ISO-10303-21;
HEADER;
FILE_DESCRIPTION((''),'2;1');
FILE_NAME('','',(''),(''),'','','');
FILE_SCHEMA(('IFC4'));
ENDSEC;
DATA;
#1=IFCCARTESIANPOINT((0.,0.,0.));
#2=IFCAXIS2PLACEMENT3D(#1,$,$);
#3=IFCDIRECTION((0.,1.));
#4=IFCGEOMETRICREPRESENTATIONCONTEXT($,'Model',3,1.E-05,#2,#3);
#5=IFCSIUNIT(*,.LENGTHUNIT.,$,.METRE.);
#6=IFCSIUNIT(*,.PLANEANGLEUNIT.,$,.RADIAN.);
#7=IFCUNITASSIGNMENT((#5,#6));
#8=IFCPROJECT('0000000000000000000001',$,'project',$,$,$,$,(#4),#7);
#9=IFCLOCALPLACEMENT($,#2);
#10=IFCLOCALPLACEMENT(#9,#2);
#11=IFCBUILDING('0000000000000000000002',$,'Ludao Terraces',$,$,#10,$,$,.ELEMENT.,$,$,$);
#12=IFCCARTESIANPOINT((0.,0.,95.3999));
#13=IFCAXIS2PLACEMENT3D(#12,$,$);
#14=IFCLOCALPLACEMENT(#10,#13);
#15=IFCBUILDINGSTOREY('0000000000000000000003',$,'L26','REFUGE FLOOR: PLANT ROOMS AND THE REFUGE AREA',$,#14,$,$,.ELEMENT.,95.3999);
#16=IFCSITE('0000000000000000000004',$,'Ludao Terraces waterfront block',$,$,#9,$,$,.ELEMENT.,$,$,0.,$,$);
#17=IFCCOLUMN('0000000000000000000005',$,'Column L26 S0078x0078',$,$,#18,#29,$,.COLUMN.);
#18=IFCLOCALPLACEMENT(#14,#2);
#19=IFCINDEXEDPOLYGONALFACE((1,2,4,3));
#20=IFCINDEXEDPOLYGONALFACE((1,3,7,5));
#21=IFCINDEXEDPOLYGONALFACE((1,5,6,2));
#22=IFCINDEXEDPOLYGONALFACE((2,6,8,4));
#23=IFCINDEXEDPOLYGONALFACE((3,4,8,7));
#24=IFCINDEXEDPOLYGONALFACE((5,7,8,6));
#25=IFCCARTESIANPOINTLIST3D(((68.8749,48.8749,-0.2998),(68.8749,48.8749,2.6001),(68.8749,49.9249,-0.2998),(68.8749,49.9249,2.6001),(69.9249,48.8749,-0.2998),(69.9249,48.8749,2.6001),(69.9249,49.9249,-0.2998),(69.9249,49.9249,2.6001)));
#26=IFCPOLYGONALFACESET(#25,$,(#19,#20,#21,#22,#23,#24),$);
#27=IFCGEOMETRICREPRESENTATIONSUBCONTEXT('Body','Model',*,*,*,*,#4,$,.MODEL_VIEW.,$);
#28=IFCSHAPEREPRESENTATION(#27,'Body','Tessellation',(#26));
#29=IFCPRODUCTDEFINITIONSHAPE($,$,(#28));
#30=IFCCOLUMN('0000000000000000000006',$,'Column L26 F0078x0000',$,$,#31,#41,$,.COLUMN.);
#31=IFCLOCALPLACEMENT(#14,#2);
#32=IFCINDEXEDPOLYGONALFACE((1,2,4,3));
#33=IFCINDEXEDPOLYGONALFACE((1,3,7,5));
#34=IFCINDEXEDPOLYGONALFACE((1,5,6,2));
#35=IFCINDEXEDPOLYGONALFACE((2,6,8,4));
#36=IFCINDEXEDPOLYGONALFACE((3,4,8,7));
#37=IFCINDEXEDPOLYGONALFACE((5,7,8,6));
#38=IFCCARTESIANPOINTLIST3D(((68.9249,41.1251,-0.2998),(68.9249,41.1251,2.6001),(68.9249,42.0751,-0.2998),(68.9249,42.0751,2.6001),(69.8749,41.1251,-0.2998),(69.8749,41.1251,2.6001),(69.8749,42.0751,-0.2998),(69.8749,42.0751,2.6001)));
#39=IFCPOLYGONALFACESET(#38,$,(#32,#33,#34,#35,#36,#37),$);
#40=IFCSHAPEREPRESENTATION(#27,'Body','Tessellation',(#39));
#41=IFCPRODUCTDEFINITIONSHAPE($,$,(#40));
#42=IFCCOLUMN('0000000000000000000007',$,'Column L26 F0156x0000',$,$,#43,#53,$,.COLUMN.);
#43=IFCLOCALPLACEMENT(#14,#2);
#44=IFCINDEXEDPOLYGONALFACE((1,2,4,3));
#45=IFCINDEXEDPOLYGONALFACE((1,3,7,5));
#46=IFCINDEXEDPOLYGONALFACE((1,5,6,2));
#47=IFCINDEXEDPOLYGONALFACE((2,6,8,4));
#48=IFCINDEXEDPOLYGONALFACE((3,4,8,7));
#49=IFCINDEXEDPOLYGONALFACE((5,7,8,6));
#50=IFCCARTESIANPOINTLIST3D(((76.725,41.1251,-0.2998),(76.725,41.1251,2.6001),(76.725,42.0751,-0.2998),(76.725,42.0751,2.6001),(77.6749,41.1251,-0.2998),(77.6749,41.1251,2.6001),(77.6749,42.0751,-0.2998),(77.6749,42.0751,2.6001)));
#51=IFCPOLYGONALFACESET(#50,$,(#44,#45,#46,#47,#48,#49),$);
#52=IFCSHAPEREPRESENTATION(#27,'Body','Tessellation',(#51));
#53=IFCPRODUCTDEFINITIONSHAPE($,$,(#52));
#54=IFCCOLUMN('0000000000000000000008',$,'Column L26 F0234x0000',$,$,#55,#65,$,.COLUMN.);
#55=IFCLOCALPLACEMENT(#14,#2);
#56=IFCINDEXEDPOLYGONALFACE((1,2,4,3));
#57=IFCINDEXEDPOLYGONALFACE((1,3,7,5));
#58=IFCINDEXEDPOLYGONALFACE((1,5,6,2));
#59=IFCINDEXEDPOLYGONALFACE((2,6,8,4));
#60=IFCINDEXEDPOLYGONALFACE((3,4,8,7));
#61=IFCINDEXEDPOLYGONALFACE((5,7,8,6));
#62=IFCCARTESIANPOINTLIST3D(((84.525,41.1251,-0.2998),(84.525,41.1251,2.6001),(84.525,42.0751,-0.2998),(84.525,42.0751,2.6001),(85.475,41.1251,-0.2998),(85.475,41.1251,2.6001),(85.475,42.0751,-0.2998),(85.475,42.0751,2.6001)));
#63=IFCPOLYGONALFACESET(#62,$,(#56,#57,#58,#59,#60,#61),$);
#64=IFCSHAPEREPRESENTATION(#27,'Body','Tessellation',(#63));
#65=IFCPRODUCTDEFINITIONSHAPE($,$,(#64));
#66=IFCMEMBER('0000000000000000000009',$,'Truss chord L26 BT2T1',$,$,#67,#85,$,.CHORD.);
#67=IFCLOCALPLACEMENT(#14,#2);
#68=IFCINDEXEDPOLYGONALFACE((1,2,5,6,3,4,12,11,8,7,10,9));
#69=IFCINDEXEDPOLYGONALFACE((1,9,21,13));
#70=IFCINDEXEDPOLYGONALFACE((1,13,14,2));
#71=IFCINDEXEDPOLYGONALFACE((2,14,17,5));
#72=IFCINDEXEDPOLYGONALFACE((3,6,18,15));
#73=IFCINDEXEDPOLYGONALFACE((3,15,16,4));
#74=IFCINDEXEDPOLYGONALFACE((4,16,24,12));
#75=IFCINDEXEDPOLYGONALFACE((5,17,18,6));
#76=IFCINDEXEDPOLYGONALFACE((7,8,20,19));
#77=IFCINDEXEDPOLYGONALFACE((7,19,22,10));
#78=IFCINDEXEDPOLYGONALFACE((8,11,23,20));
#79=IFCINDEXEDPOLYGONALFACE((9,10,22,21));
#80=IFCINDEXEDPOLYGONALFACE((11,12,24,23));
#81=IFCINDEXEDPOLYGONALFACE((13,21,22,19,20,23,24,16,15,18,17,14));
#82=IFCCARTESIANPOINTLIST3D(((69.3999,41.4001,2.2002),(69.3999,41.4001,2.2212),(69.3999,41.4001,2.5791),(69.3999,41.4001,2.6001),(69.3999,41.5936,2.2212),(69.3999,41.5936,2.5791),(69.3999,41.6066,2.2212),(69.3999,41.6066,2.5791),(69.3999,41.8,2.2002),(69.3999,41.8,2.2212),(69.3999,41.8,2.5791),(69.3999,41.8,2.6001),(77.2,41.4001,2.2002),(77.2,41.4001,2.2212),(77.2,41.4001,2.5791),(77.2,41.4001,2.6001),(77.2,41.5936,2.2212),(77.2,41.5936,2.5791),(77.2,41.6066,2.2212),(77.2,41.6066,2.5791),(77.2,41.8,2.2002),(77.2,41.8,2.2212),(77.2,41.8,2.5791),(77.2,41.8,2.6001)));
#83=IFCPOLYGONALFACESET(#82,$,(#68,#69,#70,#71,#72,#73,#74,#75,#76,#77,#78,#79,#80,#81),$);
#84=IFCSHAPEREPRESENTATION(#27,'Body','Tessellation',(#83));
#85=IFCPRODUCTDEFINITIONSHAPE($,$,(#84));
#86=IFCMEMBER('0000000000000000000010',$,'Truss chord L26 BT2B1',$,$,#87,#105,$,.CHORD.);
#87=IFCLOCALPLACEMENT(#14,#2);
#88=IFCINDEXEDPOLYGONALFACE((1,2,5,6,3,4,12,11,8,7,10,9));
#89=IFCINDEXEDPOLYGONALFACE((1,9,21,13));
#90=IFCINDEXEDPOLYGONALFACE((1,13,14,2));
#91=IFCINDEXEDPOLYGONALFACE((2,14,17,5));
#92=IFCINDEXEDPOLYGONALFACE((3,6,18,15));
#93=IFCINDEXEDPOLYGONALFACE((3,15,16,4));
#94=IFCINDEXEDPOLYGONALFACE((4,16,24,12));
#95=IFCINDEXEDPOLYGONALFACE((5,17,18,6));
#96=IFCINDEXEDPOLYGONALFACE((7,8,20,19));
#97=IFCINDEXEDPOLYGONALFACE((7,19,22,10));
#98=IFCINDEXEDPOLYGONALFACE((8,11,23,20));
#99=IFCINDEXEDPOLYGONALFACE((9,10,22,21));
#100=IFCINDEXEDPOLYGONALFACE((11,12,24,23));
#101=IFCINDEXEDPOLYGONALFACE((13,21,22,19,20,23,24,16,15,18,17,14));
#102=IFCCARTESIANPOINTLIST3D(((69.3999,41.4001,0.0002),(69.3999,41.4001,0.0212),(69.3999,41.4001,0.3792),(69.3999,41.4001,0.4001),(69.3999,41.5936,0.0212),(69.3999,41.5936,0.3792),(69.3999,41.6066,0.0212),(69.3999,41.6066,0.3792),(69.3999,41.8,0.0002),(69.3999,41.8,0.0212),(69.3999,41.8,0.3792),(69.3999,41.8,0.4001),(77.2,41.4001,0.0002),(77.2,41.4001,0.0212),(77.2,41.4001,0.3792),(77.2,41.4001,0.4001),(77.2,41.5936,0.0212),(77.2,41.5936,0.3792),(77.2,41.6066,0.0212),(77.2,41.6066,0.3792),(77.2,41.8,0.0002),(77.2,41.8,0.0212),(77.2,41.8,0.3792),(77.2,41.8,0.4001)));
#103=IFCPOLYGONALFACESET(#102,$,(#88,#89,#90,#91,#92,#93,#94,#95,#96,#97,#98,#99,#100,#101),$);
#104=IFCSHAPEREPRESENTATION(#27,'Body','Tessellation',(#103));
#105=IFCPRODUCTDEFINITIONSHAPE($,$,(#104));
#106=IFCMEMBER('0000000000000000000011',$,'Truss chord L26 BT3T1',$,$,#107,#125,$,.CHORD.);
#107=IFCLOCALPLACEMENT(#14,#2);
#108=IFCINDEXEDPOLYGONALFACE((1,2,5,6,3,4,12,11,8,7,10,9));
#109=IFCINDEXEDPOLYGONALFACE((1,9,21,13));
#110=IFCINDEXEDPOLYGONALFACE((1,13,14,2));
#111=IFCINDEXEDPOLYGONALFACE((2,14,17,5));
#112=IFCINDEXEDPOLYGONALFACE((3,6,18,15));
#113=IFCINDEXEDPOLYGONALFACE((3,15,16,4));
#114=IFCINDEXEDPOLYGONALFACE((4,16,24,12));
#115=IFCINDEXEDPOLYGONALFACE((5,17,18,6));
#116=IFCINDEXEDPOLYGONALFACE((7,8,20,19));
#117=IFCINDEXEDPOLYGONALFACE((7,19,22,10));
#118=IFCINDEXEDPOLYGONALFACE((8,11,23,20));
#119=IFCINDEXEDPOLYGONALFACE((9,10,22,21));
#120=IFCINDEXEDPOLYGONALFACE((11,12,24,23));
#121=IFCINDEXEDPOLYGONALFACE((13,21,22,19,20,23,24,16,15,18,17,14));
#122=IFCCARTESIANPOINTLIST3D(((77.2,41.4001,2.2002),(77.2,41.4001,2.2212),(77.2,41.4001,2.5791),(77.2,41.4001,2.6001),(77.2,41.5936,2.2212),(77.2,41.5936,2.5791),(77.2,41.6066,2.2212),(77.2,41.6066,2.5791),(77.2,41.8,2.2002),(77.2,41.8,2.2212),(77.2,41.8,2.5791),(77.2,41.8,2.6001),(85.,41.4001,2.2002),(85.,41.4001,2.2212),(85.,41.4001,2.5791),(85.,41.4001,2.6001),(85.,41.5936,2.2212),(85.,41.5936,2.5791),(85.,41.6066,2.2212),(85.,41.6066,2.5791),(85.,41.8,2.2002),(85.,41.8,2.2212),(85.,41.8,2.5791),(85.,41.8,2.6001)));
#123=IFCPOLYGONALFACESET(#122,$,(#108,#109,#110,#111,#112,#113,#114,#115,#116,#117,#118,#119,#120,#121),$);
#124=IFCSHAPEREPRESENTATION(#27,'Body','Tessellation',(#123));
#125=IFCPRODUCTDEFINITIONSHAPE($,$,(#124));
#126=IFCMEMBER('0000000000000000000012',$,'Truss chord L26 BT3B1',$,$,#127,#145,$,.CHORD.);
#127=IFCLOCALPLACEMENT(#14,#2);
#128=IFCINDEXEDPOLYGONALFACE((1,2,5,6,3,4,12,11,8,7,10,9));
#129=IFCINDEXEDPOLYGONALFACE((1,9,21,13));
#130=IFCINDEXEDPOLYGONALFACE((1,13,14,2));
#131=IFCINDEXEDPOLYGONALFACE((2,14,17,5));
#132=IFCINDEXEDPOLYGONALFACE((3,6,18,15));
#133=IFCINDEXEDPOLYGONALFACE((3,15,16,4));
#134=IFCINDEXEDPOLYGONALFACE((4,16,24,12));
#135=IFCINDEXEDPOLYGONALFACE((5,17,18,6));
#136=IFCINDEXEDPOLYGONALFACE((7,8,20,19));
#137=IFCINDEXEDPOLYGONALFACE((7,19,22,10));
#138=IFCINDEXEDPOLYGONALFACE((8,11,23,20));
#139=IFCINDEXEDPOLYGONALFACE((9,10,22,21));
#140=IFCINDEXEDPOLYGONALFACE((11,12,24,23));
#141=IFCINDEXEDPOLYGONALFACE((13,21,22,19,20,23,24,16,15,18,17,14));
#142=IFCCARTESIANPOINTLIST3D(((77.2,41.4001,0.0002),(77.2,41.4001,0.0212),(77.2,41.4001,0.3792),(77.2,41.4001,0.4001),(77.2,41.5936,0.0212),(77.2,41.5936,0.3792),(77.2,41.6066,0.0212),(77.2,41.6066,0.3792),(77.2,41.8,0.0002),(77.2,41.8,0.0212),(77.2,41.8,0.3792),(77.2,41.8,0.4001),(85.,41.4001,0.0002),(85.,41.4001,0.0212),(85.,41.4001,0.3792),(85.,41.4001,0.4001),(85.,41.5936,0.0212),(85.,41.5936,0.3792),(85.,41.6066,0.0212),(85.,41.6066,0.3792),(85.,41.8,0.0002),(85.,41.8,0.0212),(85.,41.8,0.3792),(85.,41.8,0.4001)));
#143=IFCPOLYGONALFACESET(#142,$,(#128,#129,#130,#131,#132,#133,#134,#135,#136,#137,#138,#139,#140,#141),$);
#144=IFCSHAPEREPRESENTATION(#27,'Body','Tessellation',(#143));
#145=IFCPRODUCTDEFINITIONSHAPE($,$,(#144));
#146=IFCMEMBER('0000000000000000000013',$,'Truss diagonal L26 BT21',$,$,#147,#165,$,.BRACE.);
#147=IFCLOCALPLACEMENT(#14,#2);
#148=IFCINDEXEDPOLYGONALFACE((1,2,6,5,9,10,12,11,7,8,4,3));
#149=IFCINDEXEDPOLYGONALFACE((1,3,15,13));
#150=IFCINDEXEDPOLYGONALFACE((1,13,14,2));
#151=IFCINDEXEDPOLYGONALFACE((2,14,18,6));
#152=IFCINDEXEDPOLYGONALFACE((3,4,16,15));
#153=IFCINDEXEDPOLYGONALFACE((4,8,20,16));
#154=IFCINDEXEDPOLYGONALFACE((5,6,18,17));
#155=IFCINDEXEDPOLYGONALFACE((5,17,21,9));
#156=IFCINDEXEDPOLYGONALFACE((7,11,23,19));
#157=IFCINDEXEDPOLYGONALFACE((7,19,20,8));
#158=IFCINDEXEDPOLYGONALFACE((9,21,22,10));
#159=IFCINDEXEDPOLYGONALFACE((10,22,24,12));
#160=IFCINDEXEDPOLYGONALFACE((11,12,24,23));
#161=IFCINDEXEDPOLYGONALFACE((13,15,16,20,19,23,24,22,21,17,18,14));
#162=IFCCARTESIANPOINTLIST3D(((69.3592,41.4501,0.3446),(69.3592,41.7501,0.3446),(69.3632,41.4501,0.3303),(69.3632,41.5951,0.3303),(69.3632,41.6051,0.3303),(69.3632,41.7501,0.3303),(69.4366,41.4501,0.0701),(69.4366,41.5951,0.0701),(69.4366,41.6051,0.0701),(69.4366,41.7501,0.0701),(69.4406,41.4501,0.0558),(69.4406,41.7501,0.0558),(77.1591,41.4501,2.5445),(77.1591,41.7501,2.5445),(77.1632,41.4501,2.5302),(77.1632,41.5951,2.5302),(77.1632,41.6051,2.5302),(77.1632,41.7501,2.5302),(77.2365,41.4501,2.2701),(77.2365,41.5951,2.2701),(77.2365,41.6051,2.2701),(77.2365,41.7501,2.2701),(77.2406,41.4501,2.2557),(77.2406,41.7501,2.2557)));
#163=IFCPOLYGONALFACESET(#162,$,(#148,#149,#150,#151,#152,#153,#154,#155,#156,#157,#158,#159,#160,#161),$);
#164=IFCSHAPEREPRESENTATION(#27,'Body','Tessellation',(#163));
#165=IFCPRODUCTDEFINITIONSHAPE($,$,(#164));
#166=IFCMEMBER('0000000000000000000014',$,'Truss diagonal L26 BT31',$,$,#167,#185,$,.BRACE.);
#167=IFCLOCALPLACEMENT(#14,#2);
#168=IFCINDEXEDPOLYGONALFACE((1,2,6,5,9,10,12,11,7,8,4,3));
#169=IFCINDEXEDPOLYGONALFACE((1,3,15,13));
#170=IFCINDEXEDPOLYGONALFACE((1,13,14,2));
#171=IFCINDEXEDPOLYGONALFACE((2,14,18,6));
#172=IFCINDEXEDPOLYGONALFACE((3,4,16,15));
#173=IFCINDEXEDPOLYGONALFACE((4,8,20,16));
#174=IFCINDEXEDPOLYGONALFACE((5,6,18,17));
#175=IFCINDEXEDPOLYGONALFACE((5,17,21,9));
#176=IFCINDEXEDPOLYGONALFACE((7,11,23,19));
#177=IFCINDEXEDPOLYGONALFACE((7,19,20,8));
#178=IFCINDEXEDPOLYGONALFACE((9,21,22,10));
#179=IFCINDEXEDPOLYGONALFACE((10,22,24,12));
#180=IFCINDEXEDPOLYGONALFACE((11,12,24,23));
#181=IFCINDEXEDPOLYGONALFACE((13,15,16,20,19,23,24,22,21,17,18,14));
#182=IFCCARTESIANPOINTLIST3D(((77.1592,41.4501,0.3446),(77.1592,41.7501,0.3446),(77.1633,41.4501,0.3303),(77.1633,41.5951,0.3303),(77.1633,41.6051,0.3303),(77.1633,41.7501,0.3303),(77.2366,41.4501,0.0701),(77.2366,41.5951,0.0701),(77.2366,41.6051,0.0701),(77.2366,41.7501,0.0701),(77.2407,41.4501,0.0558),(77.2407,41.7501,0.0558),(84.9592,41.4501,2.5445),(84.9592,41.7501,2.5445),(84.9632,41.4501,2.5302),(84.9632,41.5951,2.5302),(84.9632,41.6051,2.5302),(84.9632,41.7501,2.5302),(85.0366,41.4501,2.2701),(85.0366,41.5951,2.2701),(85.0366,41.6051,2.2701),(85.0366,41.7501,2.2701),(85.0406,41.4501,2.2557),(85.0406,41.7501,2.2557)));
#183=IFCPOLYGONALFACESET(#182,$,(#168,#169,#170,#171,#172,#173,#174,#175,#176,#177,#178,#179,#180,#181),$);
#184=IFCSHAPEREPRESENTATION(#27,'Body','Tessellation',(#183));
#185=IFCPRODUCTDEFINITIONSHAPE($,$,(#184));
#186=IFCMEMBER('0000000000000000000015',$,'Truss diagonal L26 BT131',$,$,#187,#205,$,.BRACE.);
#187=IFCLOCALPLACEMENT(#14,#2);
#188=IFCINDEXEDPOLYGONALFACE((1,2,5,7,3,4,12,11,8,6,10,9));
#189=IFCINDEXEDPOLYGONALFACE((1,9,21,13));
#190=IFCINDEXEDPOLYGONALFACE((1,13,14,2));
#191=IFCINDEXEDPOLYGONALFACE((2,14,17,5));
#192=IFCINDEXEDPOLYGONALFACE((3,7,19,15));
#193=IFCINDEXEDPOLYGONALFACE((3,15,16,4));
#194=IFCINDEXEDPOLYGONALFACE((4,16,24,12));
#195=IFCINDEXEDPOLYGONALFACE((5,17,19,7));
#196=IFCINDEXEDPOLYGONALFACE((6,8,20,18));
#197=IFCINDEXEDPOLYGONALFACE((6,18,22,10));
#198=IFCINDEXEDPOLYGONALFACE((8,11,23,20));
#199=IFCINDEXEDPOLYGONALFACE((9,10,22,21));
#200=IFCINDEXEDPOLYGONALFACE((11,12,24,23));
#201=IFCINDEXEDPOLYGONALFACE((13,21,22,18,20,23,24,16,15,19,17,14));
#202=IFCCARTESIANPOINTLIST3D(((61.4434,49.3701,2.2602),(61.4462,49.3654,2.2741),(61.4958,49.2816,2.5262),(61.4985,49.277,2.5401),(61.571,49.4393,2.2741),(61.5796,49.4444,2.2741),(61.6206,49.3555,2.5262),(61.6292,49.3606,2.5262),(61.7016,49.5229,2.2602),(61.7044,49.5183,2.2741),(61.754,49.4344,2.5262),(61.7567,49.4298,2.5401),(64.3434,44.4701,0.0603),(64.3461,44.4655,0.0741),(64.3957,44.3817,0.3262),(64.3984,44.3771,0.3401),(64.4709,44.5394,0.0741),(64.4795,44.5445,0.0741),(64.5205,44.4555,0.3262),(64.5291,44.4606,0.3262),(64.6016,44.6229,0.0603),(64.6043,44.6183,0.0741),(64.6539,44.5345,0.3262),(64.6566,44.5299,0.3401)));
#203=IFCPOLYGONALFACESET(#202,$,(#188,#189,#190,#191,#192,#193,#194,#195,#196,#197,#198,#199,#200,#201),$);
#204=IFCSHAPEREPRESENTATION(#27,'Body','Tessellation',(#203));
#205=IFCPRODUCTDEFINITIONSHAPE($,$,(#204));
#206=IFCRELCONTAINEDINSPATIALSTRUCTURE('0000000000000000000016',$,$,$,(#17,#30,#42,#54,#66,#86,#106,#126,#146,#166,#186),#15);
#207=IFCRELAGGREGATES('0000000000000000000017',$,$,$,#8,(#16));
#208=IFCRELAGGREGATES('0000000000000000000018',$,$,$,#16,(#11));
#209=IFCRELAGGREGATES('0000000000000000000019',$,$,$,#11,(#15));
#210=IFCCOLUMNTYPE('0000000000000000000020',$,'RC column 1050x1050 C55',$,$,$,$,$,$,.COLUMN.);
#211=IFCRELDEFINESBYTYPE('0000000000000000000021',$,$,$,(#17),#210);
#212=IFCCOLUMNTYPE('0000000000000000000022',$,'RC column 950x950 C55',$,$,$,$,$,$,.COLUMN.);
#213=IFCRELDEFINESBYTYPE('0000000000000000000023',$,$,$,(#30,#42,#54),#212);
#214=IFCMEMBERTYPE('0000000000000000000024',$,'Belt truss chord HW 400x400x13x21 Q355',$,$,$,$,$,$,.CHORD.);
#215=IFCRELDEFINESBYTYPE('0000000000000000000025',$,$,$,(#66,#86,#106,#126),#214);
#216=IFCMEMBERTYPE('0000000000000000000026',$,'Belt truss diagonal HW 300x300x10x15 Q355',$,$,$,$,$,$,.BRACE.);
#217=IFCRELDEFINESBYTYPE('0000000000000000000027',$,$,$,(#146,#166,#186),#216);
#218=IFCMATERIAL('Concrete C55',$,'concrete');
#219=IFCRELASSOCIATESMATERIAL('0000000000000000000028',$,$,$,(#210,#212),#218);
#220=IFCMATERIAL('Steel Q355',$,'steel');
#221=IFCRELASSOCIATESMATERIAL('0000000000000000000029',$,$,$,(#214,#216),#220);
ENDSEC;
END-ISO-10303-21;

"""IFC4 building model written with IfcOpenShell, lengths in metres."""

from ifc_helpers import new_model, si_unit, direction, frame, origin, origin_2d, place, context, subcontext, project, spatial, rectangle, i_section, extrude, material, material_profile, profile_set, type_object, element, save


model = new_model("IFC4")

# Units and contexts
model_context = context("Model", 3, precision=1e-05, world=origin(), true_north=direction((0.0, 1.0)))
body_context = subcontext(model_context, "Body", "Model", "MODEL_VIEW")
ifc_project = project(units=[si_unit("LENGTHUNIT", "METRE"), si_unit("PLANEANGLEUNIT", "RADIAN")], contexts=[model_context])

# Site, building, storey
site_placement = place(None, origin())
site = spatial("IfcSite", under=ifc_project, at=site_placement, Name="Ludao Terraces waterfront block", CompositionType="ELEMENT", RefElevation=0.0)
building_placement = place(site_placement, origin())
building = spatial("IfcBuilding", under=site, at=building_placement, Name="Ludao Terraces", CompositionType="ELEMENT")
storey_placement = place(building_placement, frame((0.0, 0.0, 95.3999)))
storey = spatial("IfcBuildingStorey", under=building, at=storey_placement, Name="L26", Description="REFUGE FLOOR: PLANT ROOMS AND THE REFUGE AREA", CompositionType="ELEMENT", Elevation=95.3999)

# Columns
ifc_material_1 = material(Name="Concrete C55", Category="concrete")
ifc_material_profile_1 = material_profile(ifc_material_1, rectangle(XDim=1.05, YDim=1.05, at=origin_2d()), Name="1050 X 1050")
ifc_profile_set_1 = profile_set([ifc_material_profile_1], Name="Concrete C55")
column_type_1 = type_object("IfcColumnType", Name="RC column 1050x1050 C55", PredefinedType="COLUMN", material=ifc_profile_set_1)
column_placement = place(storey_placement, frame((69.3999, 49.3999, -0.2998), z_axis=(0.0, 0.0, 1.0), x_axis=(1.0, 0.0, 0.0)))
element("IfcColumn", 1, at=column_placement, inside=storey, type_object=column_type_1, Name="Column L26 S0078x0078", PredefinedType="COLUMN", context=body_context, shape_type="SweptSolid", body=[
    extrude(rectangle(XDim=1.05, YDim=1.05, at=origin_2d()), origin(), (0.0, 0.0, 1.0), 2.8999),
])
ifc_material_profile_2 = material_profile(ifc_material_1, rectangle(XDim=0.95, YDim=0.95, at=origin_2d()), Name="950 X 950")
ifc_profile_set_2 = profile_set([ifc_material_profile_2], Name="Concrete C55")
column_type_2 = type_object("IfcColumnType", Name="RC column 950x950 C55", PredefinedType="COLUMN", material=ifc_profile_set_2)
for number, where, z_axis, x_axis, name in (
    (2, (69.3999, 41.6001, -0.2998), (0.0, 0.0, 1.0), (1.0, 0.0, 0.0), "Column L26 F0078x0000"),
    (3, (77.2, 41.6001, -0.2998), (0.0, 0.0, 1.0), (1.0, 0.0, 0.0), "Column L26 F0156x0000"),
    (4, (85.0, 41.6001, -0.2998), (0.0, 0.0, 1.0), (1.0, 0.0, 0.0), "Column L26 F0234x0000"),
):
    element("IfcColumn", number, at=place(storey_placement, frame(where, z_axis=z_axis, x_axis=x_axis)), inside=storey, type_object=column_type_2, Name=name, PredefinedType="COLUMN", context=body_context, shape_type="SweptSolid", body=[
        extrude(rectangle(XDim=0.95, YDim=0.95, at=origin_2d()), origin(), (0.0, 0.0, 1.0), 2.8999),
    ])

# Members
ifc_material_2 = material(Name="Steel Q355", Category="steel")
ifc_material_profile_3 = material_profile(ifc_material_2, i_section(OverallWidth=0.3999, OverallDepth=0.3999, WebThickness=0.0129, FlangeThickness=0.021, at=origin_2d()), Name="HW 400X400X13X21")
ifc_profile_set_3 = profile_set([ifc_material_profile_3], Name="Steel Q355")
member_type_1 = type_object("IfcMemberType", Name="Belt truss chord HW 400x400x13x21 Q355", PredefinedType="CHORD", material=ifc_profile_set_3)
for number, where, z_axis, x_axis, name in (
    (5, (69.3999, 41.6001, 2.4001), (1.0, 0.0, 0.0), (0.0, 1.0, 0.0), "Truss chord L26 BT2T1"),
    (6, (69.3999, 41.6001, 0.2002), (1.0, 0.0, 0.0), (0.0, 1.0, 0.0), "Truss chord L26 BT2B1"),
    (7, (77.2, 41.6001, 2.4001), (1.0, 0.0, 0.0), (0.0, 1.0, 0.0), "Truss chord L26 BT3T1"),
    (8, (77.2, 41.6001, 0.2002), (1.0, 0.0, 0.0), (0.0, 1.0, 0.0), "Truss chord L26 BT3B1"),
):
    element("IfcMember", number, at=place(storey_placement, frame(where, z_axis=z_axis, x_axis=x_axis)), inside=storey, type_object=member_type_1, Name=name, PredefinedType="CHORD", context=body_context, shape_type="SweptSolid", body=[
        extrude(i_section(OverallWidth=0.3999, OverallDepth=0.3999, WebThickness=0.0129, FlangeThickness=0.021, at=origin_2d()), origin(), (0.0, 0.0, 1.0), 7.8),
    ])
ifc_material_profile_4 = material_profile(ifc_material_2, i_section(OverallWidth=0.3, OverallDepth=0.3, WebThickness=0.01, FlangeThickness=0.0149, at=origin_2d()), Name="HW 300X300X10X15")
ifc_profile_set_4 = profile_set([ifc_material_profile_4], Name="Steel Q355")
member_type_2 = type_object("IfcMemberType", Name="Belt truss diagonal HW 300x300x10x15 Q355", PredefinedType="BRACE", material=ifc_profile_set_4)
for number, where, z_axis, x_axis, name in (
    (9, (69.3999, 41.6001, 0.2002), (0.962452, 0.0, 0.271453), (0.0, 1.0, 0.0), "Truss diagonal L26 BT21"),
    (10, (77.2, 41.6001, 0.2002), (0.962452, 0.0, 0.271453), (0.0, 1.0, 0.0), "Truss diagonal L26 BT31"),
):
    element("IfcMember", number, at=place(storey_placement, frame(where, z_axis=z_axis, x_axis=x_axis)), inside=storey, type_object=member_type_2, Name=name, PredefinedType="BRACE", context=body_context, shape_type="SweptSolid", body=[
        extrude(i_section(OverallWidth=0.3, OverallDepth=0.3, WebThickness=0.01, FlangeThickness=0.0149, at=origin_2d()), origin(), (0.0, 0.0, 1.0), 8.1042),
    ])
member_placement = place(storey_placement, frame((64.5, 44.5, 0.2002), z_axis=(-0.475086, 0.802742, 0.360414), x_axis=(-0.86058, -0.509316, 0.0)))
element("IfcMember", 11, at=member_placement, inside=storey, type_object=member_type_2, Name="Truss diagonal L26 BT131", PredefinedType="BRACE", context=body_context, shape_type="SweptSolid", body=[
    extrude(i_section(OverallWidth=0.3, OverallDepth=0.3, WebThickness=0.01, FlangeThickness=0.0149, at=origin_2d()), origin(), (0.0, 0.0, 1.0), 6.104),
])

save(model, "model.ifc")
